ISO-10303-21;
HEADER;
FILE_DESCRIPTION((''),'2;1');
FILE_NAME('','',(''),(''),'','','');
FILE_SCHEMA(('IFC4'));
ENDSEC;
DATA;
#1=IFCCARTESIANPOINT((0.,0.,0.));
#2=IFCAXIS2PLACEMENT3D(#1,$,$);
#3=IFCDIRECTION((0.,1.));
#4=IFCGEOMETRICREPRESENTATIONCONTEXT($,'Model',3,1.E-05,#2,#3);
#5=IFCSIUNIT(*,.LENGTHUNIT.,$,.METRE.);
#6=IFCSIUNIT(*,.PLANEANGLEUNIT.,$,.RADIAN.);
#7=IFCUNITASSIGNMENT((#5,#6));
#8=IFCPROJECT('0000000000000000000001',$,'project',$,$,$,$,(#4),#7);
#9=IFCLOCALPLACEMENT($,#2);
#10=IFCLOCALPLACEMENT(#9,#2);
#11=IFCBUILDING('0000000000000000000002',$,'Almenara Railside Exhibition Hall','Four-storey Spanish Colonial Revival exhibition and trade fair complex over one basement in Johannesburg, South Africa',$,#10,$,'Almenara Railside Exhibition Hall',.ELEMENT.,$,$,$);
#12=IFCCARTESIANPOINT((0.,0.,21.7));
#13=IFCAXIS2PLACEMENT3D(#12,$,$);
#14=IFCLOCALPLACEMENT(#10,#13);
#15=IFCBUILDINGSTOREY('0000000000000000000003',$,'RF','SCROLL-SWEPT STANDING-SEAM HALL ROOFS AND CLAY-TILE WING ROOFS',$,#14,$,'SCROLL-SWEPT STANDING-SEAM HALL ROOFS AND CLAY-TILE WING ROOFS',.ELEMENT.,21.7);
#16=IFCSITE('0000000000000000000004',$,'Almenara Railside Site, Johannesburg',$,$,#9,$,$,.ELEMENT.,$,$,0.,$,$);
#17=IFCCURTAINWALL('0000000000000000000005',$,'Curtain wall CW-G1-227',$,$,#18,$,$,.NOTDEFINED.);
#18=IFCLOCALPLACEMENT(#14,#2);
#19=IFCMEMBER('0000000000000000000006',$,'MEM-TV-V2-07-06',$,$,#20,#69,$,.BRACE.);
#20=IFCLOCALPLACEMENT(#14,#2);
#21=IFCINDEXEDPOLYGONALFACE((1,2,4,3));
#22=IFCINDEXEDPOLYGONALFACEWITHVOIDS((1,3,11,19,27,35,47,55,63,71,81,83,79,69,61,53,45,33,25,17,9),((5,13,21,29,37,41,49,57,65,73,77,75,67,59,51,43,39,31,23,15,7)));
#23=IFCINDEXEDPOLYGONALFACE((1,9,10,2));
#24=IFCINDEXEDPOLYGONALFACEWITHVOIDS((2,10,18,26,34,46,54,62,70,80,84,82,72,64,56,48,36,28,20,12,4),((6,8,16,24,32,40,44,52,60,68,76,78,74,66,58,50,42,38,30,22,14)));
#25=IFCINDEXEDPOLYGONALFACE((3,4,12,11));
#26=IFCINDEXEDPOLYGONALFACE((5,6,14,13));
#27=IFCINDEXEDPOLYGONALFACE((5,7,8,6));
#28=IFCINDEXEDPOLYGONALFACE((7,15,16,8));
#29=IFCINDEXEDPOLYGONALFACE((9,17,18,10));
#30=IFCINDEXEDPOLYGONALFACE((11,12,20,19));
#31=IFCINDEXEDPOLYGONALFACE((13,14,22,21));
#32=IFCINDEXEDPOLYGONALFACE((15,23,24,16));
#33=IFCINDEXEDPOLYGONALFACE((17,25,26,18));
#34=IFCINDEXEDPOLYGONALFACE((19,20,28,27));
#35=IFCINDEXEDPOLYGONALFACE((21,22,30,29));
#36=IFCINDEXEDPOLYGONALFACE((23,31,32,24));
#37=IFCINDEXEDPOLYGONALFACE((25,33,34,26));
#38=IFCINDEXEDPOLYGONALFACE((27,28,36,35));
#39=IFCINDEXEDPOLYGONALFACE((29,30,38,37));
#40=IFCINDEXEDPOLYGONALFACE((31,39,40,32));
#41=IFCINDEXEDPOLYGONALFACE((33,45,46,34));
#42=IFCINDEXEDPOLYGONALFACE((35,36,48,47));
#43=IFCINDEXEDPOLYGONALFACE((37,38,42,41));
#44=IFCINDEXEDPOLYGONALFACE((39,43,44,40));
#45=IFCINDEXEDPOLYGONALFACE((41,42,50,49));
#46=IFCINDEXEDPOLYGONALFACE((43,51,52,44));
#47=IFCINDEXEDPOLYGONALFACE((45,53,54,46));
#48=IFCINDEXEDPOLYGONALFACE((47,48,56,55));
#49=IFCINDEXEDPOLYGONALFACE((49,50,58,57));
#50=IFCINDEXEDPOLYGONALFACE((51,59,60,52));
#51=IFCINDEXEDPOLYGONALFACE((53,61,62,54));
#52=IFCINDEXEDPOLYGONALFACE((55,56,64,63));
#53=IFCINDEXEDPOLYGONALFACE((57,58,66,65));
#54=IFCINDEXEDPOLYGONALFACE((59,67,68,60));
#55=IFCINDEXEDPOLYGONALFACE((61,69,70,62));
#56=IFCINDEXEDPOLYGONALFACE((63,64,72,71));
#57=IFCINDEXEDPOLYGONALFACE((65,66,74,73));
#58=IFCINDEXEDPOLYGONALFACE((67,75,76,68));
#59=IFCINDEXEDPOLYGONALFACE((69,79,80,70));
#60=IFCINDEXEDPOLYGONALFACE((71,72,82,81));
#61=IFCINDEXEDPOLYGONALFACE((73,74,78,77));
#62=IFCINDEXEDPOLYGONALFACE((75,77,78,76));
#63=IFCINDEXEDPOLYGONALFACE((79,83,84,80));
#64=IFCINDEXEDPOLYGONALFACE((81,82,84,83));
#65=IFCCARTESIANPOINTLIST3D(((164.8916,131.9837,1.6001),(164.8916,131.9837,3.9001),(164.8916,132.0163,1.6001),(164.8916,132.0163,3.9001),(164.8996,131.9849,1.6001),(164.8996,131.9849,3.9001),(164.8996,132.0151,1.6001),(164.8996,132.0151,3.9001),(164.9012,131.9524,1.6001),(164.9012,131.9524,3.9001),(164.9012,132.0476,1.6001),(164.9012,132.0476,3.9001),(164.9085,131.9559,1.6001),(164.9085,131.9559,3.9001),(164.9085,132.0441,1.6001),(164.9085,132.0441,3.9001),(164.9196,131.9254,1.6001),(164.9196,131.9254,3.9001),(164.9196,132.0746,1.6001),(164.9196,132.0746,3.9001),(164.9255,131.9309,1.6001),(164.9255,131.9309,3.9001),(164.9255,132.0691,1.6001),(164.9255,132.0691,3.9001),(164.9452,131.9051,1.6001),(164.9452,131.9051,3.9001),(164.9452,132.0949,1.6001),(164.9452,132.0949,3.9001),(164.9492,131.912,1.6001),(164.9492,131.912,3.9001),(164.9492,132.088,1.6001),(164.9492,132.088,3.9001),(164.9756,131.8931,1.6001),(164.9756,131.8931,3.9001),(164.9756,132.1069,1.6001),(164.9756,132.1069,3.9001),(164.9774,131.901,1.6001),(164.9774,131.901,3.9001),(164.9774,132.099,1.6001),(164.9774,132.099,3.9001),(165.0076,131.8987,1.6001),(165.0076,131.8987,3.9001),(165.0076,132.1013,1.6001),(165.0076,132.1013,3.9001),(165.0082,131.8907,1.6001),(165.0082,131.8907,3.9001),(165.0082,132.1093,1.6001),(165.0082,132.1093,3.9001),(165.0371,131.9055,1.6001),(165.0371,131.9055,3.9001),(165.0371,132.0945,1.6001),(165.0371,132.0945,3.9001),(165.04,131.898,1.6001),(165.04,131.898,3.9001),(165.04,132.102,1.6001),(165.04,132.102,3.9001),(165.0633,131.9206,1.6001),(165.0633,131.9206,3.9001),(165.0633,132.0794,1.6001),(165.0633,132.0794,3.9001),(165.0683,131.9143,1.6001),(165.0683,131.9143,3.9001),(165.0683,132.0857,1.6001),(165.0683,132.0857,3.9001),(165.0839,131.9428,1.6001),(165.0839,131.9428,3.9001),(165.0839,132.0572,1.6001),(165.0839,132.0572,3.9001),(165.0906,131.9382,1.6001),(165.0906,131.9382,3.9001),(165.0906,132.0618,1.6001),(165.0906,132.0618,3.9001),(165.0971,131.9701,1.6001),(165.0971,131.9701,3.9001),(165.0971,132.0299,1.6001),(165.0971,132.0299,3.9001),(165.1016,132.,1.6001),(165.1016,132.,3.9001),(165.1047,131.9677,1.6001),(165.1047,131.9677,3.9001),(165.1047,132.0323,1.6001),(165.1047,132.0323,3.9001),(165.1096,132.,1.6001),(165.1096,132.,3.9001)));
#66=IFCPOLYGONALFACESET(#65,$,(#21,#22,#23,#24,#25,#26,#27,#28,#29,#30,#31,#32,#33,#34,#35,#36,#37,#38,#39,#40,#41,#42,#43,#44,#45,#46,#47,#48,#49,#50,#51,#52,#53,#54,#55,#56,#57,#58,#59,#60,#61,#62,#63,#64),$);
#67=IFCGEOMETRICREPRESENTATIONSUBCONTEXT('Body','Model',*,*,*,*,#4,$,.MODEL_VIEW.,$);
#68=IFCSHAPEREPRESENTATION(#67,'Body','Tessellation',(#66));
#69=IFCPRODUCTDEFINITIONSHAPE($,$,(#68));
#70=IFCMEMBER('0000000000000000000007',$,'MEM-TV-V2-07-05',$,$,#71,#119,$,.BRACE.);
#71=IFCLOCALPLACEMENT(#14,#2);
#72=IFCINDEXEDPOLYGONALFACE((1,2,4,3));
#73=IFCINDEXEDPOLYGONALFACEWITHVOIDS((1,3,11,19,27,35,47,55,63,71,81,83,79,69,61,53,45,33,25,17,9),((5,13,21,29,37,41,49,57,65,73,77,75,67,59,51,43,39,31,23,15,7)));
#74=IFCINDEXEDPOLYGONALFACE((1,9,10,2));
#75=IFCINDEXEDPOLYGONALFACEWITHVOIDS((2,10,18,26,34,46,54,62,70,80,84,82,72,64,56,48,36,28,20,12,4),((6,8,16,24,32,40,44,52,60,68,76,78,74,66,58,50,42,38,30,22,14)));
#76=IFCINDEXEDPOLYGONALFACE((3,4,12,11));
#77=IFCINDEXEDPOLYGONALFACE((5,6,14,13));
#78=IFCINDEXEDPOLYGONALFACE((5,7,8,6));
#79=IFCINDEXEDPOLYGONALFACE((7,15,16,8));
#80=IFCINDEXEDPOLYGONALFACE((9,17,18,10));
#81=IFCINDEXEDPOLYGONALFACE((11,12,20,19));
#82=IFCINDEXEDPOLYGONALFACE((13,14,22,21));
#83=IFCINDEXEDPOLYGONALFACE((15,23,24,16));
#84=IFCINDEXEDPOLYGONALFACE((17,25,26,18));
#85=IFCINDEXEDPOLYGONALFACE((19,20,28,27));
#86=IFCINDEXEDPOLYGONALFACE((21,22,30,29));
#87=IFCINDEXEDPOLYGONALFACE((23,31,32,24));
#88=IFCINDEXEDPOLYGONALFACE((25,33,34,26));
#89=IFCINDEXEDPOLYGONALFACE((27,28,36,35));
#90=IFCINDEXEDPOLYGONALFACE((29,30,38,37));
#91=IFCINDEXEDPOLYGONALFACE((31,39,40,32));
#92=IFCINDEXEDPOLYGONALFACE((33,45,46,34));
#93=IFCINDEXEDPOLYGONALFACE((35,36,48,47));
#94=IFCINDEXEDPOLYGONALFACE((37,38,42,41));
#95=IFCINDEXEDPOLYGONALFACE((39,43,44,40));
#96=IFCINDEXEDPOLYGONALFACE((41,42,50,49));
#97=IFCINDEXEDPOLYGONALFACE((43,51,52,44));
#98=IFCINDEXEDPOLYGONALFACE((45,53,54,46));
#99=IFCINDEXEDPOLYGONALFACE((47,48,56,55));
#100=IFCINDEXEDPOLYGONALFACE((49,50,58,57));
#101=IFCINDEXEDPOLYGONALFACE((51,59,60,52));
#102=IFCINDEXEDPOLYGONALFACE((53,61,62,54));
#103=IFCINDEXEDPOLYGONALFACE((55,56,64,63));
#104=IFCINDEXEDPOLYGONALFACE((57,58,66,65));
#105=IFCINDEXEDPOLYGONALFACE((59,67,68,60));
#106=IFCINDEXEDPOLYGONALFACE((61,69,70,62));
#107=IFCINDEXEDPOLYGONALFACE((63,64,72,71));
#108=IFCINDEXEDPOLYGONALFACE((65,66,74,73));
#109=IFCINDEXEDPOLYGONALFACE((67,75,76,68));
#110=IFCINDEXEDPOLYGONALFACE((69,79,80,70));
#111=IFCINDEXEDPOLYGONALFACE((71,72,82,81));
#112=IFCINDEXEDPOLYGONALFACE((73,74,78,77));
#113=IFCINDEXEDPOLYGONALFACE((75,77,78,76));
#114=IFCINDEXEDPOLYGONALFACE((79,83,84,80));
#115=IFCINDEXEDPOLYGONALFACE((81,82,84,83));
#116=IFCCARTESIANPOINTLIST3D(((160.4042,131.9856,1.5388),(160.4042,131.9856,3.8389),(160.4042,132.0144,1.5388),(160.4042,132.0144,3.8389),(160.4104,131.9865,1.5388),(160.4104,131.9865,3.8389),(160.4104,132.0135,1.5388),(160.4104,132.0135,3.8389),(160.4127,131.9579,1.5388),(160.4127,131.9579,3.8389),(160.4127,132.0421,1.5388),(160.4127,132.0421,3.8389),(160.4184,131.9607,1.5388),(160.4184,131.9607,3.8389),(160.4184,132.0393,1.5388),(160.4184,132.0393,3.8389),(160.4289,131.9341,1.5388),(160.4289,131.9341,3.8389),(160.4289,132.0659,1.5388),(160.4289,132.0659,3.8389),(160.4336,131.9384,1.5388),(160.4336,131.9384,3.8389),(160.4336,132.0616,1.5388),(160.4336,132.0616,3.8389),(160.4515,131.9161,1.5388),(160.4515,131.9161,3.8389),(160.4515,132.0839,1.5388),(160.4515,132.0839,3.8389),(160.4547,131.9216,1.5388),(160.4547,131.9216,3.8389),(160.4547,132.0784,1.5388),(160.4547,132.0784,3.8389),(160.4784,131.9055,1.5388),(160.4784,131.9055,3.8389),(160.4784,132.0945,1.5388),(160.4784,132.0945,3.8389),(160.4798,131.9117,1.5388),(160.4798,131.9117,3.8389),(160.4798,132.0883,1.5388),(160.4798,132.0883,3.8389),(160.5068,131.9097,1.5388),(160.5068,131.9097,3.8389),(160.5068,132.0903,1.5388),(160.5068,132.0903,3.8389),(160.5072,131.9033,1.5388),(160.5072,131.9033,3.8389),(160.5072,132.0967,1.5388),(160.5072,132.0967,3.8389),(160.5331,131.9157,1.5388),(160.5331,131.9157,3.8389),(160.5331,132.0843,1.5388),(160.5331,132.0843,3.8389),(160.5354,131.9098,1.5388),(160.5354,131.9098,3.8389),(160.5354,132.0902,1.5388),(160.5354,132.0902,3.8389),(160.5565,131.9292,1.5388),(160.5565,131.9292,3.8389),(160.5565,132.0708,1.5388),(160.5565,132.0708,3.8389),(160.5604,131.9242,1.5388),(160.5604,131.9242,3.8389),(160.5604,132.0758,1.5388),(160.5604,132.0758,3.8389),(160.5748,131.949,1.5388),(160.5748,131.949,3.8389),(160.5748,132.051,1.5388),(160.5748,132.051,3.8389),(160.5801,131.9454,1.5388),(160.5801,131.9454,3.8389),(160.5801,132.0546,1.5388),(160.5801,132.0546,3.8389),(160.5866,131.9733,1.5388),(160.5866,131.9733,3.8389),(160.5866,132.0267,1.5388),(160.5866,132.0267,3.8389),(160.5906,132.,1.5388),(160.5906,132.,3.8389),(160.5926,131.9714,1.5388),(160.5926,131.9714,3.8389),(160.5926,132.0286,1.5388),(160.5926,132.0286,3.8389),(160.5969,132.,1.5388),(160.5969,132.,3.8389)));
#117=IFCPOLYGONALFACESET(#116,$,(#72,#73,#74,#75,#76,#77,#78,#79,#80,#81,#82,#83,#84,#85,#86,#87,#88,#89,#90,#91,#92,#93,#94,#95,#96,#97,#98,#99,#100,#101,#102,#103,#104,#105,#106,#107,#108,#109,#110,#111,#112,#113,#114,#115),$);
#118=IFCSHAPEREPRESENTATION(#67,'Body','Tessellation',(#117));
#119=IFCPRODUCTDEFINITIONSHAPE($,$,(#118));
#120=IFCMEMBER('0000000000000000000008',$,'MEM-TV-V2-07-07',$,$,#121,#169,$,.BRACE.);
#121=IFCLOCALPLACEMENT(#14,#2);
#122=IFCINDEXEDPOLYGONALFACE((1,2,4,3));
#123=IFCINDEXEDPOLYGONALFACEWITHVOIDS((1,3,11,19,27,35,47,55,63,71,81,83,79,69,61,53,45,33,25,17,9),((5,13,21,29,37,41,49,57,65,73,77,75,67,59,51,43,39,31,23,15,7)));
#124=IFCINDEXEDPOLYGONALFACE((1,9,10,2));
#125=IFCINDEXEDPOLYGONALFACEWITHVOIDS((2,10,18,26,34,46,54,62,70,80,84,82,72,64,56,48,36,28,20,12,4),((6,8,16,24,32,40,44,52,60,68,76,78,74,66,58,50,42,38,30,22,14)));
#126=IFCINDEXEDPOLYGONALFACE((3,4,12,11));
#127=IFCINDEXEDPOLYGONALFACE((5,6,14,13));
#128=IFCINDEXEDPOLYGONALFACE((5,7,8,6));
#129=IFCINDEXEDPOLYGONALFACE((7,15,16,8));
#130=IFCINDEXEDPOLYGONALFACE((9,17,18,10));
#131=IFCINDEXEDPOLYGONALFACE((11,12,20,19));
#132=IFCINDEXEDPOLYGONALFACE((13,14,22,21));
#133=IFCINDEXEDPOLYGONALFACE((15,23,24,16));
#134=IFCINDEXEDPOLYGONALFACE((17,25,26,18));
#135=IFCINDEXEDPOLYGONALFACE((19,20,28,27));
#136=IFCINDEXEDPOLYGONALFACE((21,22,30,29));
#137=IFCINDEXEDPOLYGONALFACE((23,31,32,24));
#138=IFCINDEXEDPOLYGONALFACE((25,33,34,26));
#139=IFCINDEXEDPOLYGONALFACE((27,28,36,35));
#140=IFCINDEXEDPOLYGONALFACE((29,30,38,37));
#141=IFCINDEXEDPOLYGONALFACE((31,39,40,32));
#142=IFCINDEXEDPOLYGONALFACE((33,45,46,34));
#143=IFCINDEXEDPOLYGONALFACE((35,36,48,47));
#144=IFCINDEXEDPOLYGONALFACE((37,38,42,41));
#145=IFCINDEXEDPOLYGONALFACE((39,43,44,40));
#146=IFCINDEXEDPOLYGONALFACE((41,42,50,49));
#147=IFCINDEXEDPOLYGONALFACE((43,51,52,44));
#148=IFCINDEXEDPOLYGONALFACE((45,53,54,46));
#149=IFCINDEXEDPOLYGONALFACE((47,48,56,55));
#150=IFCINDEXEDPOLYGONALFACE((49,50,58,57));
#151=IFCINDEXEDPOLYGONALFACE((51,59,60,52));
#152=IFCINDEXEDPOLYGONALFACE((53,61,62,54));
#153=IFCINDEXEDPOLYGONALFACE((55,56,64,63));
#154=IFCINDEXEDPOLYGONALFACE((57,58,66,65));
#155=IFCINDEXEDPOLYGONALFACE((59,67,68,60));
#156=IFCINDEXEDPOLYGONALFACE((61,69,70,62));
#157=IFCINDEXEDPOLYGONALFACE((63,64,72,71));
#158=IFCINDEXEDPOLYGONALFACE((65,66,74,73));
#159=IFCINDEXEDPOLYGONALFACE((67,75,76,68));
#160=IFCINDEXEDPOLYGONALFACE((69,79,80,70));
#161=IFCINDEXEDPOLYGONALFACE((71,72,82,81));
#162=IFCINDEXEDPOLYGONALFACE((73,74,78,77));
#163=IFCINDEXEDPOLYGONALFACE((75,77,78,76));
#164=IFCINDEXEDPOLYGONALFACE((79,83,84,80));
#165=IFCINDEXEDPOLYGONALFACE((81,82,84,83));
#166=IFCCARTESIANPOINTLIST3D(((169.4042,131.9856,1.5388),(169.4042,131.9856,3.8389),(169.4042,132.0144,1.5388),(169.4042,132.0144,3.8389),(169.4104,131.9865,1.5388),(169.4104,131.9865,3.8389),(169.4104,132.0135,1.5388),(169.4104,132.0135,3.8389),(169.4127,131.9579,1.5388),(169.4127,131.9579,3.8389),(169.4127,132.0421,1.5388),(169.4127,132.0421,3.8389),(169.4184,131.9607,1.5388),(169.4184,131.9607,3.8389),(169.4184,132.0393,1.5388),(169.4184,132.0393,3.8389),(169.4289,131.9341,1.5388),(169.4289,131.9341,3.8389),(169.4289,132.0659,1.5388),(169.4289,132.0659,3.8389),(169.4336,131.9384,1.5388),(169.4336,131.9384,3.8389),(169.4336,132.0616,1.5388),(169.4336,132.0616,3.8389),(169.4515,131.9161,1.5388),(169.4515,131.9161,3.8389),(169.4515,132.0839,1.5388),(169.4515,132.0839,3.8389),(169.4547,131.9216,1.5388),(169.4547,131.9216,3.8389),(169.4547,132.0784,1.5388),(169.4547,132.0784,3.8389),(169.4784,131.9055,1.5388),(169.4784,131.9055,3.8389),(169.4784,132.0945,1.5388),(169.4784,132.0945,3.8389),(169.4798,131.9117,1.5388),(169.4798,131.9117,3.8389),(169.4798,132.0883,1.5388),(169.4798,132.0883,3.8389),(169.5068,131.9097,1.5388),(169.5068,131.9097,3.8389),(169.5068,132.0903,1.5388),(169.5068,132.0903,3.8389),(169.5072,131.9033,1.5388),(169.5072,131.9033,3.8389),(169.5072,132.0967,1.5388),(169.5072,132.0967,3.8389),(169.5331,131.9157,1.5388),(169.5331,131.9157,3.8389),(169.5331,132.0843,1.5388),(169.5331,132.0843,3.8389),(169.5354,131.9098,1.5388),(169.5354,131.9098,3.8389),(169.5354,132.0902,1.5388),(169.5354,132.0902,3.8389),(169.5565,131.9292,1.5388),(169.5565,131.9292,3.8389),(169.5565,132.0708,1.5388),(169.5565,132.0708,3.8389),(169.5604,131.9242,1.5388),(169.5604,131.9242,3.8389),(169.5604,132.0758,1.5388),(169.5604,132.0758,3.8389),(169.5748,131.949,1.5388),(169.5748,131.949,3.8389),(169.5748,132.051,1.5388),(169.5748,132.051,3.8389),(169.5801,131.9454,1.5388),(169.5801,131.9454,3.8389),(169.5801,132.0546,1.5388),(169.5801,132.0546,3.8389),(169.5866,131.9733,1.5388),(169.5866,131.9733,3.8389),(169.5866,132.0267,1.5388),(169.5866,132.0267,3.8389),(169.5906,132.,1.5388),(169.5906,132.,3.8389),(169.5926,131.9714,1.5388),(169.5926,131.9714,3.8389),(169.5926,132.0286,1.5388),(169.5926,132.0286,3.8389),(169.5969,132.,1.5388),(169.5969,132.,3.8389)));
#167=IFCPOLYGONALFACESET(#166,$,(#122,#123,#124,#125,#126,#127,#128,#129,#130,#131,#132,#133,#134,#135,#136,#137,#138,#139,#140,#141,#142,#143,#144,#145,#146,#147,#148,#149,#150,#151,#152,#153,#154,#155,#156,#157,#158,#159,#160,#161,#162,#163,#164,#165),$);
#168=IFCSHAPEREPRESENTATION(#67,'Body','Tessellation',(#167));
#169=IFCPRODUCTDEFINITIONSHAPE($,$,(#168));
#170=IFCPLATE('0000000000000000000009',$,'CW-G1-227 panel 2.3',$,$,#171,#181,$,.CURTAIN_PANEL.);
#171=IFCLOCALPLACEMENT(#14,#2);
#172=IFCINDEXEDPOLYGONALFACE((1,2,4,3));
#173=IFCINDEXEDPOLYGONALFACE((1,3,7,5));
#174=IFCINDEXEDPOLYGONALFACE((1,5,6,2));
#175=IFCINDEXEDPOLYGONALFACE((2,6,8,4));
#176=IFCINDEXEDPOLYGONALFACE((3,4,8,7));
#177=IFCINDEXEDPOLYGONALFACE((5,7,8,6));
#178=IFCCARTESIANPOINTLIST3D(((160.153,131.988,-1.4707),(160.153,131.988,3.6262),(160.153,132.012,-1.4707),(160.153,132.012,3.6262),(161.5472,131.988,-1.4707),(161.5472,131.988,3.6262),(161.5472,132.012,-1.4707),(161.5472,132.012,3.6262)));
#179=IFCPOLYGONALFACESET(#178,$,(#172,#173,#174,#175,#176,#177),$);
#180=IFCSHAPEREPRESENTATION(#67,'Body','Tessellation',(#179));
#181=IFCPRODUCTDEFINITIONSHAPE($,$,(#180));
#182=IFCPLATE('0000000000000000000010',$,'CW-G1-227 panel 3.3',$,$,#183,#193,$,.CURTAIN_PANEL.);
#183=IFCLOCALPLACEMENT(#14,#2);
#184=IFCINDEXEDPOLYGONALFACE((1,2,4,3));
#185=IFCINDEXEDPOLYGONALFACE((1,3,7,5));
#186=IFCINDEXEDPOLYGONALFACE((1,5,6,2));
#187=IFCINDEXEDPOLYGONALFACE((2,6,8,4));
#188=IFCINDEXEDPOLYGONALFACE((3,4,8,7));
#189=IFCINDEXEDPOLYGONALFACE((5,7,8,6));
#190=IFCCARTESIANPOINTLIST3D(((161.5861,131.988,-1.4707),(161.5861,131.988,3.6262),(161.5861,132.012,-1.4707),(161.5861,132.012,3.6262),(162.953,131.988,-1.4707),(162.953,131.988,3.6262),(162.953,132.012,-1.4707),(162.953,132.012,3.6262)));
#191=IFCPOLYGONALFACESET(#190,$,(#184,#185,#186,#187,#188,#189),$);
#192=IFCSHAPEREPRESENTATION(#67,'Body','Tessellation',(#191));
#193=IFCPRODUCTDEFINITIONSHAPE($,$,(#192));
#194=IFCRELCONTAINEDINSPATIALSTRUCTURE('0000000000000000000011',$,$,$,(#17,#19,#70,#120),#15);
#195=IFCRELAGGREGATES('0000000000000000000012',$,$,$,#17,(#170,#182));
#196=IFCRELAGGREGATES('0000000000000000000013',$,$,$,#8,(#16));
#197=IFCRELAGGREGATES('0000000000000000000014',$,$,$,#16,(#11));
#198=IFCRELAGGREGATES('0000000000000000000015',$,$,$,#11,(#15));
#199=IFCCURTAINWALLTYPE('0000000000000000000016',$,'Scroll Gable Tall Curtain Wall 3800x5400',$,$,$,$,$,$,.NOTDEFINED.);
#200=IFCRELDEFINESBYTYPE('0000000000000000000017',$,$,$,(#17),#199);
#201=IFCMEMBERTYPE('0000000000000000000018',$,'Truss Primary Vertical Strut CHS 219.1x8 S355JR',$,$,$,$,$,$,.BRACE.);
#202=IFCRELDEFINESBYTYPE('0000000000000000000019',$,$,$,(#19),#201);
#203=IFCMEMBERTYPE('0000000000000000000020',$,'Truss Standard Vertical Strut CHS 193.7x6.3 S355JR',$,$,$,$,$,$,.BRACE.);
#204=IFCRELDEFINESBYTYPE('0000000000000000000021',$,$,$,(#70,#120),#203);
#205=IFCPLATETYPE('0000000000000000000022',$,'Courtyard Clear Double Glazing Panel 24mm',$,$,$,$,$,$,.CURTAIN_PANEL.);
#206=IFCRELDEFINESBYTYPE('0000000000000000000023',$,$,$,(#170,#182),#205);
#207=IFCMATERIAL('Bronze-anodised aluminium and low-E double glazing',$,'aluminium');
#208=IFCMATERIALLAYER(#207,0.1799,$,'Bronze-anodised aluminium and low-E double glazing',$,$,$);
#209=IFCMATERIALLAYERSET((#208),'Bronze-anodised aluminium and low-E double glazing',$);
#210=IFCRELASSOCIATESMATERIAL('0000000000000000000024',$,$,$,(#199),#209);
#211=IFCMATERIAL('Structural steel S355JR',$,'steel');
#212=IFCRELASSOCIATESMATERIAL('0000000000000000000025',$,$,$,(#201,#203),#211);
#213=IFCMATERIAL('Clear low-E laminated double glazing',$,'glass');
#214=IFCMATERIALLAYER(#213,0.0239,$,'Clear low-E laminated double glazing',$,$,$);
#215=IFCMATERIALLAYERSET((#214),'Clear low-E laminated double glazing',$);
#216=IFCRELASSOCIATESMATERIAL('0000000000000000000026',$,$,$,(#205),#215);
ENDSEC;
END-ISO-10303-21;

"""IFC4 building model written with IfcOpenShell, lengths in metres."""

from ifc_helpers import new_model, si_unit, direction, frame, origin, origin_2d, place, context, subcontext, project, spatial, rectangle, hollow_circle, extrude, material, layer, layer_set, material_profile, profile_set, type_object, element, aggregate, save


model = new_model("IFC4")

# Units and contexts
model_context = context("Model", 3, precision=1e-05, world=origin(), true_north=direction((0.0, 1.0)))
body_context = subcontext(model_context, "Body", "Model", "MODEL_VIEW")
ifc_project = project(units=[si_unit("LENGTHUNIT", "METRE"), si_unit("PLANEANGLEUNIT", "RADIAN")], contexts=[model_context])

# Site, building, storey
site_placement = place(None, origin())
site = spatial("IfcSite", under=ifc_project, at=site_placement, Name="Almenara Railside Site, Johannesburg", CompositionType="ELEMENT", RefElevation=0.0)
building_placement = place(site_placement, origin())
building = spatial("IfcBuilding", under=site, at=building_placement, Name="Almenara Railside Exhibition Hall", Description="Four-storey Spanish Colonial Revival exhibition and trade fair complex over one basement in Johannesburg, South Africa", LongName="Almenara Railside Exhibition Hall", CompositionType="ELEMENT")
storey_placement = place(building_placement, frame((0.0, 0.0, 21.7)))
storey = spatial("IfcBuildingStorey", under=building, at=storey_placement, Name="RF", Description="SCROLL-SWEPT STANDING-SEAM HALL ROOFS AND CLAY-TILE WING ROOFS", LongName="SCROLL-SWEPT STANDING-SEAM HALL ROOFS AND CLAY-TILE WING ROOFS", CompositionType="ELEMENT", Elevation=21.7)

# Shared definitions
ifc_material_1 = material(Name="Structural steel S355JR", Category="steel")

# Curtain wall
ifc_material_2 = material(Name="Bronze-anodised aluminium and low-E double glazing", Category="aluminium")
ifc_layer_1 = layer(ifc_material_2, 0.1799, Name="Bronze-anodised aluminium and low-E double glazing")
ifc_layer_set_1 = layer_set([ifc_layer_1], Name="Bronze-anodised aluminium and low-E double glazing")
curtain_wall_type = type_object("IfcCurtainWallType", Name="Scroll Gable Tall Curtain Wall 3800x5400", PredefinedType="NOTDEFINED", material=ifc_layer_set_1)
curtain_wall_1_placement = place(storey_placement, origin())
curtain_wall_1 = element("IfcCurtainWall", 1, at=curtain_wall_1_placement, inside=storey, type_object=curtain_wall_type, Name="Curtain wall CW-G1-227", PredefinedType="NOTDEFINED")

# Members
ifc_material_profile_1 = material_profile(ifc_material_1, hollow_circle(Radius=0.1096, WallThickness=0.0081, at=origin_2d()), Name="CHS 219.1x8")
ifc_profile_set_1 = profile_set([ifc_material_profile_1], Name="Structural steel S355JR")
member_type_1 = type_object("IfcMemberType", Name="Truss Primary Vertical Strut CHS 219.1x8 S355JR", PredefinedType="BRACE", material=ifc_profile_set_1)
member_1_placement = place(storey_placement, frame((165.0, 132.0, 1.6001), z_axis=(0.0, 0.0, 1.0), x_axis=(1.0, 0.0, 0.0)))
element("IfcMember", 2, at=member_1_placement, inside=storey, type_object=member_type_1, Name="MEM-TV-V2-07-06", PredefinedType="BRACE", context=body_context, shape_type="SweptSolid", body=[
    extrude(hollow_circle(Radius=0.1096, WallThickness=0.0081, at=origin_2d()), origin(), (0.0, 0.0, 1.0), 2.3),
])
ifc_material_profile_2 = material_profile(ifc_material_1, hollow_circle(Radius=0.0969, WallThickness=0.0063, at=origin_2d()), Name="CHS 193.7x6.3")
ifc_profile_set_2 = profile_set([ifc_material_profile_2], Name="Structural steel S355JR")
member_type_2 = type_object("IfcMemberType", Name="Truss Standard Vertical Strut CHS 193.7x6.3 S355JR", PredefinedType="BRACE", material=ifc_profile_set_2)
for number, where, z_axis, x_axis, name in (
    (3, (160.5, 132.0, 1.5388), (0.0, 0.0, 1.0), (1.0, 0.0, 0.0), "MEM-TV-V2-07-05"),
    (4, (169.5, 132.0, 1.5388), (0.0, 0.0, 1.0), (1.0, 0.0, 0.0), "MEM-TV-V2-07-07"),
):
    element("IfcMember", number, at=place(storey_placement, frame(where, z_axis=z_axis, x_axis=x_axis)), inside=storey, type_object=member_type_2, Name=name, PredefinedType="BRACE", context=body_context, shape_type="SweptSolid", body=[
        extrude(hollow_circle(Radius=0.0969, WallThickness=0.0063, at=origin_2d()), origin(), (0.0, 0.0, 1.0), 2.3),
    ])

# Plates
ifc_material_3 = material(Name="Clear low-E laminated double glazing", Category="glass")
ifc_layer_2 = layer(ifc_material_3, 0.0239, Name="Clear low-E laminated double glazing")
ifc_layer_set_2 = layer_set([ifc_layer_2], Name="Clear low-E laminated double glazing")
plate_type_1 = type_object("IfcPlateType", Name="Courtyard Clear Double Glazing Panel 24mm", PredefinedType="CURTAIN_PANEL", material=ifc_layer_set_2)
plate_1_placement = place(storey_placement, frame((160.8501, 132.0, -1.4707), z_axis=(0.0, 0.0, 1.0), x_axis=(1.0, 0.0, 0.0)))
plate_1 = element("IfcPlate", 5, at=plate_1_placement, type_object=plate_type_1, Name="CW-G1-227 panel 2.3", PredefinedType="CURTAIN_PANEL", context=body_context, shape_type="SweptSolid", body=[
    extrude(rectangle(XDim=1.3943, YDim=0.0239, at=origin_2d()), origin(), (0.0, 0.0, 1.0), 5.0969),
])
plate_2_placement = place(storey_placement, frame((162.2695, 132.0, -1.4707), z_axis=(0.0, 0.0, 1.0), x_axis=(1.0, 0.0, 0.0)))
plate_2 = element("IfcPlate", 6, at=plate_2_placement, type_object=plate_type_1, Name="CW-G1-227 panel 3.3", PredefinedType="CURTAIN_PANEL", context=body_context, shape_type="SweptSolid", body=[
    extrude(rectangle(XDim=1.3669, YDim=0.0239, at=origin_2d()), origin(), (0.0, 0.0, 1.0), 5.0969),
])
aggregate(curtain_wall_1, [plate_1, plate_2])

save(model, "model.ifc")
